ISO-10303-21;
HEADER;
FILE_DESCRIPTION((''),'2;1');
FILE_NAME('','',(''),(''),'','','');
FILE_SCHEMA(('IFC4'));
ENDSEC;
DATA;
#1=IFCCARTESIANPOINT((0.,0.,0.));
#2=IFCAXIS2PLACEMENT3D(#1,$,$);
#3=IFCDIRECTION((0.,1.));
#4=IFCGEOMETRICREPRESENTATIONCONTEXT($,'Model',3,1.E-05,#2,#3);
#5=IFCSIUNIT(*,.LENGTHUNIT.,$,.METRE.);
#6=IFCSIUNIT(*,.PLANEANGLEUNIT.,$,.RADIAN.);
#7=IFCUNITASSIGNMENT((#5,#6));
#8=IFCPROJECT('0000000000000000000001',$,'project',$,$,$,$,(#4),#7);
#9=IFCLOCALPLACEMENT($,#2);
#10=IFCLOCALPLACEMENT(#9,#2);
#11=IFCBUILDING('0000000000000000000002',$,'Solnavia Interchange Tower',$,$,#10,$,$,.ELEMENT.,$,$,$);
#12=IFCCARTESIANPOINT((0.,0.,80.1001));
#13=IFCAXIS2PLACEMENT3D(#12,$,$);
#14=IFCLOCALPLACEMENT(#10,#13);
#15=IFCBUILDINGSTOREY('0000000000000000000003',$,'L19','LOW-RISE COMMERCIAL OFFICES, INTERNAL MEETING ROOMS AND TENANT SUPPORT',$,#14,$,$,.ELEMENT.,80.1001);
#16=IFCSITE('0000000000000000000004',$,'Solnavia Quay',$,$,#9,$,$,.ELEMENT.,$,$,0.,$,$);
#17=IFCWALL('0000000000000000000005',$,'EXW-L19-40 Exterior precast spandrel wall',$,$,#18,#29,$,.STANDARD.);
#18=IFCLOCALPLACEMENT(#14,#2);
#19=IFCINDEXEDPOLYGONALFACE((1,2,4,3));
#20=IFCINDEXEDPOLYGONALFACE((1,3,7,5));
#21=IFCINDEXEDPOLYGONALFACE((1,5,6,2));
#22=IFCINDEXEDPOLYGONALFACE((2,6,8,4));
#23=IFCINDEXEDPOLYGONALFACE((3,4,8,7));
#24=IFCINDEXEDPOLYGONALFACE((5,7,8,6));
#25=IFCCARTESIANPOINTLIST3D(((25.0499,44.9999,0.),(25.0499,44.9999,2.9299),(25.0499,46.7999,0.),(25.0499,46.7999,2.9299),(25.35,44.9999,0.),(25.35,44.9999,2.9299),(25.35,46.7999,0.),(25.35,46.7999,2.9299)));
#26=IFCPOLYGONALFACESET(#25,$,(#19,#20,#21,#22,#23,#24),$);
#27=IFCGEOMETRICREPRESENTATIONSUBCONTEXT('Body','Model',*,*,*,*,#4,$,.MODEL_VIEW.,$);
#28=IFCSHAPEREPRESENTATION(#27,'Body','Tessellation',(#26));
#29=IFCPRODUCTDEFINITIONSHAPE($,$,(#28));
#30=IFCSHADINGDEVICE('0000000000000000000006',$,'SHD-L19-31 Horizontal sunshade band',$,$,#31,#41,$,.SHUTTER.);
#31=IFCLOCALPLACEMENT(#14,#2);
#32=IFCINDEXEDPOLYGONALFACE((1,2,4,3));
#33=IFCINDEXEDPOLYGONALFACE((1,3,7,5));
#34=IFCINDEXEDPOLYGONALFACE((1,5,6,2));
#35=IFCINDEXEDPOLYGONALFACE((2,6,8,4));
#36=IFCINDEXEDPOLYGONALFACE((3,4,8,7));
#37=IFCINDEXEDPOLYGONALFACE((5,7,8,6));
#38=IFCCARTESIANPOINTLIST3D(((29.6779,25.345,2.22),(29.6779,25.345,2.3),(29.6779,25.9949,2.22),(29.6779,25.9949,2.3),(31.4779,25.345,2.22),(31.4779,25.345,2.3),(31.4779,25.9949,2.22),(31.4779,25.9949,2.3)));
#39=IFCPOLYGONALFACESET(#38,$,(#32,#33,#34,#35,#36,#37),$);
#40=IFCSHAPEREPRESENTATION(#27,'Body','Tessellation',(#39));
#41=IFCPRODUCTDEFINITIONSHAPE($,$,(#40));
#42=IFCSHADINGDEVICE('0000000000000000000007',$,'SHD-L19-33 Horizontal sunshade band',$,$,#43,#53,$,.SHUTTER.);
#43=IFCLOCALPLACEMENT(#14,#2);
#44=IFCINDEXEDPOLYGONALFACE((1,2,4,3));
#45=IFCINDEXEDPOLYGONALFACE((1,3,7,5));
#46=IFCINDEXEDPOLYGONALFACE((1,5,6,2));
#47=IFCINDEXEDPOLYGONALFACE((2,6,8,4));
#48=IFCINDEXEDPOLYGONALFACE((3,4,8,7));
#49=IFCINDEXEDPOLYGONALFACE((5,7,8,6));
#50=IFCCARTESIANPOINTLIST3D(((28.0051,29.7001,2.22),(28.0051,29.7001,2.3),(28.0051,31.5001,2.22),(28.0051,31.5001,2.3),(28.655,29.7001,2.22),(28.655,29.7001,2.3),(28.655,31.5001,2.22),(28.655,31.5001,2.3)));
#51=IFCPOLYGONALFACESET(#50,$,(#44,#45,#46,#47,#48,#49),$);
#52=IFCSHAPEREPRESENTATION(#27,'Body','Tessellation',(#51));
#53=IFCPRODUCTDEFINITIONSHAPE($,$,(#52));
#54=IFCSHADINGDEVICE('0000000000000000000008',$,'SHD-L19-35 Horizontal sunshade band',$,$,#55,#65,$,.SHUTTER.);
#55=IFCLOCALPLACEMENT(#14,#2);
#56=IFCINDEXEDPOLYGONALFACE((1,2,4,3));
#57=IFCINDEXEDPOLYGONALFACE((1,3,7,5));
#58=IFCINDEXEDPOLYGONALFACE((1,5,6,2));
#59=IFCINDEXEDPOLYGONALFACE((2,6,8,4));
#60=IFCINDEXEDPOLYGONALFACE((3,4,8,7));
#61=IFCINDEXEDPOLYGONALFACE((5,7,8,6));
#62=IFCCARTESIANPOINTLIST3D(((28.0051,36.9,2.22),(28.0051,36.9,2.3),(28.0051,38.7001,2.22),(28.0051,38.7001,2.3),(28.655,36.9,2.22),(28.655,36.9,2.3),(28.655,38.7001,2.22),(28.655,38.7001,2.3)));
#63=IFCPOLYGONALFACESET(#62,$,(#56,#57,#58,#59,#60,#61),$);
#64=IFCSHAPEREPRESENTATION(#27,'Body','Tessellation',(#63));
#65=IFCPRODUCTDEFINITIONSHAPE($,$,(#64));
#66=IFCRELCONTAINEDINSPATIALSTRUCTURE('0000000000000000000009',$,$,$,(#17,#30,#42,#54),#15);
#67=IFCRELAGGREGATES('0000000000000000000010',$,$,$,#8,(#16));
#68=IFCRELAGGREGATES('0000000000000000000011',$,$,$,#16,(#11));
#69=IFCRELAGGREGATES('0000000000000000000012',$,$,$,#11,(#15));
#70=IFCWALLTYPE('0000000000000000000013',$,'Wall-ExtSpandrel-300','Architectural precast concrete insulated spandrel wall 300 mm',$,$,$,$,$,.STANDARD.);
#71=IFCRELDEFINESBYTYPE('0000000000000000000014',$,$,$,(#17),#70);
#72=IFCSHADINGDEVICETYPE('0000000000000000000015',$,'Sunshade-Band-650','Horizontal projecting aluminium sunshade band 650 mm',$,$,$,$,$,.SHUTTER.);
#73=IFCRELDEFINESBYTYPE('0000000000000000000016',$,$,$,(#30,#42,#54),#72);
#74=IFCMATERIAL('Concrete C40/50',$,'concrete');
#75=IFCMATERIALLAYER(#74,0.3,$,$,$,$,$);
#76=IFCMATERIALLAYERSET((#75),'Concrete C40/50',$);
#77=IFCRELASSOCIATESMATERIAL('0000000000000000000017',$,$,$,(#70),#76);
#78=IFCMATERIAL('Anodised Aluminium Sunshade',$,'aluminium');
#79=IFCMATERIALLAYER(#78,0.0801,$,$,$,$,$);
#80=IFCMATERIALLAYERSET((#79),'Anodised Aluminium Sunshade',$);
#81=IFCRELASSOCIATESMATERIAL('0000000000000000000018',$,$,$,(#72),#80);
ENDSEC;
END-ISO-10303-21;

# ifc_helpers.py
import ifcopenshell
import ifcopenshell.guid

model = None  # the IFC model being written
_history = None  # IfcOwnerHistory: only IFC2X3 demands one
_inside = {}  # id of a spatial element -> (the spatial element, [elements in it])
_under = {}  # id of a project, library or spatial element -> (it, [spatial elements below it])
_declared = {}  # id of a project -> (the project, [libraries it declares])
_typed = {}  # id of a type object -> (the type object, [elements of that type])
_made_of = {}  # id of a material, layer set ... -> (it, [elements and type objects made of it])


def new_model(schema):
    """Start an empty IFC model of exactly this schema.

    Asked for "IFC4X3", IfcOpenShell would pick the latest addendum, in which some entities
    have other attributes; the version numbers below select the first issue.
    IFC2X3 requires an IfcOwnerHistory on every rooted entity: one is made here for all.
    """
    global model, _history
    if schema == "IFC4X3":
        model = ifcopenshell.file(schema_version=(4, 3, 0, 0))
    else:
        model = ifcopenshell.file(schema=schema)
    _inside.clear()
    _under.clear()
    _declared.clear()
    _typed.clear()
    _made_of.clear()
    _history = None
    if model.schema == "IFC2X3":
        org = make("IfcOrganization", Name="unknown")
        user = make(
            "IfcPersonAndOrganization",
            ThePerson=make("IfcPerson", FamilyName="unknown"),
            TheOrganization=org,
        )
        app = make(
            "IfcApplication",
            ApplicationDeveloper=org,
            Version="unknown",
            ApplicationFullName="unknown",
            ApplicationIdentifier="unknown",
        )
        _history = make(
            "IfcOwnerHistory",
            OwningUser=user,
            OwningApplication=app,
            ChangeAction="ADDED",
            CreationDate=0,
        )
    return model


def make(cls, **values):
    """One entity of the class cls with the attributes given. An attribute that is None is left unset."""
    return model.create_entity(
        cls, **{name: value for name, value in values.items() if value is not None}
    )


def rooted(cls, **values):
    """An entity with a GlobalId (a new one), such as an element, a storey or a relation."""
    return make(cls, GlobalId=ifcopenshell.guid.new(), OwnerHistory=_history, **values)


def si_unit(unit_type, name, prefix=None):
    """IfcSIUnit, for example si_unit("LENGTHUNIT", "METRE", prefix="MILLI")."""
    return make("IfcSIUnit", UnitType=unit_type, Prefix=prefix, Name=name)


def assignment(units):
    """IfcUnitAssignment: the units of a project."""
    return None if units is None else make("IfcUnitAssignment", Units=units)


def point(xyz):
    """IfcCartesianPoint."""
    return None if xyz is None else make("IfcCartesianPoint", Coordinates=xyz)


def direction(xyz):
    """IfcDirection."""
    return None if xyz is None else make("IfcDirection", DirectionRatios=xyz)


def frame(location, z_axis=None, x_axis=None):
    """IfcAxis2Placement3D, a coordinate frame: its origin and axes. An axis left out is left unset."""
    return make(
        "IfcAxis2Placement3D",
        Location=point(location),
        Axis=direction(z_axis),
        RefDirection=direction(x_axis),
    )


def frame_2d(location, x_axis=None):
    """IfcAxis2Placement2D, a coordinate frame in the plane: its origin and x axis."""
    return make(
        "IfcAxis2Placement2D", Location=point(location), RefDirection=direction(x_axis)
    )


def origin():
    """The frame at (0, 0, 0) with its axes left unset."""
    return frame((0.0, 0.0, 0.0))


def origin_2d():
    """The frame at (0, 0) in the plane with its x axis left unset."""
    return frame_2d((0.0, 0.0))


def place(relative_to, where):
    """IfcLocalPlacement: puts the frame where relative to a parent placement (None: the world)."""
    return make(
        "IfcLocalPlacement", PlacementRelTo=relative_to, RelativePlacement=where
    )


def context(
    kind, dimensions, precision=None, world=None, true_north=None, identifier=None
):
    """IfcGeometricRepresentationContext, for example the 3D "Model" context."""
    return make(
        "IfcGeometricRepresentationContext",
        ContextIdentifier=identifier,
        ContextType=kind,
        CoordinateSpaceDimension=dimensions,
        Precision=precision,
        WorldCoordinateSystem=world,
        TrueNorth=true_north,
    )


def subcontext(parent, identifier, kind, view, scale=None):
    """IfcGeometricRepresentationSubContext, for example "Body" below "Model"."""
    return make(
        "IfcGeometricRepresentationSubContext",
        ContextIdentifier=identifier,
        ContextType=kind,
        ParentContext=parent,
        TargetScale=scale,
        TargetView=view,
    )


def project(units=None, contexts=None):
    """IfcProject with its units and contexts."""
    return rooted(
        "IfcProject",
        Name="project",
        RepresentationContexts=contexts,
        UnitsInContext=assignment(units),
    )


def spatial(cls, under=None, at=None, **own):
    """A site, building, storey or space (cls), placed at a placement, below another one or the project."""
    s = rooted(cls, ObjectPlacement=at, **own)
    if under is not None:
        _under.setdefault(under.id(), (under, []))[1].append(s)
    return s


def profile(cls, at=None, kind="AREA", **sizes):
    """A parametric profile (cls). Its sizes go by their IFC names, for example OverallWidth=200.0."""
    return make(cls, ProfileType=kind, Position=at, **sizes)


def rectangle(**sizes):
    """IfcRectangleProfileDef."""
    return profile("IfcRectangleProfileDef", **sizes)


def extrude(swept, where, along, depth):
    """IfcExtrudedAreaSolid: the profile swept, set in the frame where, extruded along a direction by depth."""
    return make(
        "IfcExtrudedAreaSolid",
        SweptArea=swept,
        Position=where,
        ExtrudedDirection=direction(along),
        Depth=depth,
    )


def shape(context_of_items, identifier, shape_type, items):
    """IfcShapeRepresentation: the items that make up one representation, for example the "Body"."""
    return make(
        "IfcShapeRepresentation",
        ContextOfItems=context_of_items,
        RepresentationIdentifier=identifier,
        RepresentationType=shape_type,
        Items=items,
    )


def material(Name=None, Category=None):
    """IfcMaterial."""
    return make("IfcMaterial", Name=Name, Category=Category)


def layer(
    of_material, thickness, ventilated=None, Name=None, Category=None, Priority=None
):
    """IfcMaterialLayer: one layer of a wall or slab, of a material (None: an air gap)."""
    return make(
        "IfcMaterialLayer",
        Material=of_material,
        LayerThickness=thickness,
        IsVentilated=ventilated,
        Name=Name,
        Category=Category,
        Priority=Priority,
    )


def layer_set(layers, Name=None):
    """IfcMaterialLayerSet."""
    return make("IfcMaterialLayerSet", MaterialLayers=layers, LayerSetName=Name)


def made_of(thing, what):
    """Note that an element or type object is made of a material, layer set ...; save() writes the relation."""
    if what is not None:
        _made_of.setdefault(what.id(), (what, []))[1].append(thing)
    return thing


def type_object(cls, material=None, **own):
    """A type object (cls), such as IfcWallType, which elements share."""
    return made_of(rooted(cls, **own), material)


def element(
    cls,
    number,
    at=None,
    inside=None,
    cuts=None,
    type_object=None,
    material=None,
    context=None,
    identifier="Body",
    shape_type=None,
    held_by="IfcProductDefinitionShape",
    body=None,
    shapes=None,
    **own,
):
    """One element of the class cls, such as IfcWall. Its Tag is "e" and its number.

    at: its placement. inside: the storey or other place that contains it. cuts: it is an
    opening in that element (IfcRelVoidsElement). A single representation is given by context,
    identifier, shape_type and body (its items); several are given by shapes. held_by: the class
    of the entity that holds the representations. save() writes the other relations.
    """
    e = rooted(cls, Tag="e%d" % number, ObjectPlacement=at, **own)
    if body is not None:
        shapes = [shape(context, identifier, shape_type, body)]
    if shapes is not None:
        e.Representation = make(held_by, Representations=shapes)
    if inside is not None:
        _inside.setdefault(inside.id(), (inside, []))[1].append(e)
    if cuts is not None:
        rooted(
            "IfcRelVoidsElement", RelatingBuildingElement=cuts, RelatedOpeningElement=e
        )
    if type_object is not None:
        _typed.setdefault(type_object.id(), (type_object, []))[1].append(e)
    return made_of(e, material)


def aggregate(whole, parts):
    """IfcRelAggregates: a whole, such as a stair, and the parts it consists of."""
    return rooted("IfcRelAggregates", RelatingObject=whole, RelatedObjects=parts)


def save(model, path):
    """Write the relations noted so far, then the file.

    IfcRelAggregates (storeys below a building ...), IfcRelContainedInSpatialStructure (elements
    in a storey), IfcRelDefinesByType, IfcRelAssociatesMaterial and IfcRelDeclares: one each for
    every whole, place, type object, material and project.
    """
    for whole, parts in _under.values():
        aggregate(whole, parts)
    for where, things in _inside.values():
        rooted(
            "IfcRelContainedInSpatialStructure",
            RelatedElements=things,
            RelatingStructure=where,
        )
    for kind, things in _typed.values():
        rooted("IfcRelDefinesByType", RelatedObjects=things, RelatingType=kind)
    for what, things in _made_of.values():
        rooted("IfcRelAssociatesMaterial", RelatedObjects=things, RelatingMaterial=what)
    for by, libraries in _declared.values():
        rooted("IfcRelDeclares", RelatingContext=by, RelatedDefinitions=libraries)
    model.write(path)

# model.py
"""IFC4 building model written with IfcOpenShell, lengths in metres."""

from ifc_helpers import new_model, si_unit, direction, frame, frame_2d, origin, origin_2d, place, context, subcontext, project, spatial, rectangle, extrude, material, layer, layer_set, type_object, element, save


model = new_model("IFC4")

# Units and contexts
model_context = context("Model", 3, precision=1e-05, world=origin(), true_north=direction((0.0, 1.0)))
body_context = subcontext(model_context, "Body", "Model", "MODEL_VIEW")
ifc_project = project(units=[si_unit("LENGTHUNIT", "METRE"), si_unit("PLANEANGLEUNIT", "RADIAN")], contexts=[model_context])

# Site, building, storey
site_placement = place(None, origin())
site = spatial("IfcSite", under=ifc_project, at=site_placement, Name="Solnavia Quay", CompositionType="ELEMENT", RefElevation=0.0)
building_placement = place(site_placement, origin())
building = spatial("IfcBuilding", under=site, at=building_placement, Name="Solnavia Interchange Tower", CompositionType="ELEMENT")
storey_placement = place(building_placement, frame((0.0, 0.0, 80.1001)))
storey = spatial("IfcBuildingStorey", under=building, at=storey_placement, Name="L19", Description="LOW-RISE COMMERCIAL OFFICES, INTERNAL MEETING ROOMS AND TENANT SUPPORT", CompositionType="ELEMENT", Elevation=80.1001)

# Shared definitions
ifc_material_1 = material(Name="Concrete C40/50", Category="concrete")
ifc_layer_1 = layer(ifc_material_1, 0.3)
ifc_layer_set_1 = layer_set([ifc_layer_1], Name="Concrete C40/50")
wall_type = type_object("IfcWallType", Name="Wall-ExtSpandrel-300", Description="Architectural precast concrete insulated spandrel wall 300 mm", PredefinedType="STANDARD", material=ifc_layer_set_1)

# Wall
wall_1_placement = place(storey_placement, frame((25.2, 45.0, 0.0), z_axis=(0.0, 0.0, 1.0), x_axis=(0.0, 1.0, 0.0)))
element("IfcWall", 1, at=wall_1_placement, inside=storey, type_object=wall_type, Name="EXW-L19-40 Exterior precast spandrel wall", PredefinedType="STANDARD", context=body_context, shape_type="SweptSolid", body=[
    extrude(rectangle(XDim=1.8, YDim=0.3, at=frame_2d((0.8999, 0.0))), origin(), (0.0, 0.0, 1.0), 2.9299),
])

# Shading devices
ifc_material_2 = material(Name="Anodised Aluminium Sunshade", Category="aluminium")
ifc_layer_2 = layer(ifc_material_2, 0.0801)
ifc_layer_set_2 = layer_set([ifc_layer_2], Name="Anodised Aluminium Sunshade")
shading_device_type = type_object("IfcShadingDeviceType", Name="Sunshade-Band-650", Description="Horizontal projecting aluminium sunshade band 650 mm", PredefinedType="SHUTTER", material=ifc_layer_set_2)
for number, where, z_axis, x_axis, name in (
    (2, (30.5779, 25.6699, 2.22), (0.0, 0.0, 1.0), (1.0, 0.0, 0.0), "SHD-L19-31 Horizontal sunshade band"),
    (3, (28.3301, 30.6001, 2.22), (0.0, 0.0, 1.0), (0.0, 1.0, 0.0), "SHD-L19-33 Horizontal sunshade band"),
    (4, (28.3301, 37.8, 2.22), (0.0, 0.0, 1.0), (0.0, 1.0, 0.0), "SHD-L19-35 Horizontal sunshade band"),
):
    element("IfcShadingDevice", number, at=place(storey_placement, frame(where, z_axis=z_axis, x_axis=x_axis)), inside=storey, type_object=shading_device_type, Name=name, PredefinedType="SHUTTER", context=body_context, shape_type="SweptSolid", body=[
        extrude(rectangle(XDim=1.8, YDim=0.6499, at=origin_2d()), origin(), (0.0, 0.0, 1.0), 0.0801),
    ])

save(model, "model.ifc")
